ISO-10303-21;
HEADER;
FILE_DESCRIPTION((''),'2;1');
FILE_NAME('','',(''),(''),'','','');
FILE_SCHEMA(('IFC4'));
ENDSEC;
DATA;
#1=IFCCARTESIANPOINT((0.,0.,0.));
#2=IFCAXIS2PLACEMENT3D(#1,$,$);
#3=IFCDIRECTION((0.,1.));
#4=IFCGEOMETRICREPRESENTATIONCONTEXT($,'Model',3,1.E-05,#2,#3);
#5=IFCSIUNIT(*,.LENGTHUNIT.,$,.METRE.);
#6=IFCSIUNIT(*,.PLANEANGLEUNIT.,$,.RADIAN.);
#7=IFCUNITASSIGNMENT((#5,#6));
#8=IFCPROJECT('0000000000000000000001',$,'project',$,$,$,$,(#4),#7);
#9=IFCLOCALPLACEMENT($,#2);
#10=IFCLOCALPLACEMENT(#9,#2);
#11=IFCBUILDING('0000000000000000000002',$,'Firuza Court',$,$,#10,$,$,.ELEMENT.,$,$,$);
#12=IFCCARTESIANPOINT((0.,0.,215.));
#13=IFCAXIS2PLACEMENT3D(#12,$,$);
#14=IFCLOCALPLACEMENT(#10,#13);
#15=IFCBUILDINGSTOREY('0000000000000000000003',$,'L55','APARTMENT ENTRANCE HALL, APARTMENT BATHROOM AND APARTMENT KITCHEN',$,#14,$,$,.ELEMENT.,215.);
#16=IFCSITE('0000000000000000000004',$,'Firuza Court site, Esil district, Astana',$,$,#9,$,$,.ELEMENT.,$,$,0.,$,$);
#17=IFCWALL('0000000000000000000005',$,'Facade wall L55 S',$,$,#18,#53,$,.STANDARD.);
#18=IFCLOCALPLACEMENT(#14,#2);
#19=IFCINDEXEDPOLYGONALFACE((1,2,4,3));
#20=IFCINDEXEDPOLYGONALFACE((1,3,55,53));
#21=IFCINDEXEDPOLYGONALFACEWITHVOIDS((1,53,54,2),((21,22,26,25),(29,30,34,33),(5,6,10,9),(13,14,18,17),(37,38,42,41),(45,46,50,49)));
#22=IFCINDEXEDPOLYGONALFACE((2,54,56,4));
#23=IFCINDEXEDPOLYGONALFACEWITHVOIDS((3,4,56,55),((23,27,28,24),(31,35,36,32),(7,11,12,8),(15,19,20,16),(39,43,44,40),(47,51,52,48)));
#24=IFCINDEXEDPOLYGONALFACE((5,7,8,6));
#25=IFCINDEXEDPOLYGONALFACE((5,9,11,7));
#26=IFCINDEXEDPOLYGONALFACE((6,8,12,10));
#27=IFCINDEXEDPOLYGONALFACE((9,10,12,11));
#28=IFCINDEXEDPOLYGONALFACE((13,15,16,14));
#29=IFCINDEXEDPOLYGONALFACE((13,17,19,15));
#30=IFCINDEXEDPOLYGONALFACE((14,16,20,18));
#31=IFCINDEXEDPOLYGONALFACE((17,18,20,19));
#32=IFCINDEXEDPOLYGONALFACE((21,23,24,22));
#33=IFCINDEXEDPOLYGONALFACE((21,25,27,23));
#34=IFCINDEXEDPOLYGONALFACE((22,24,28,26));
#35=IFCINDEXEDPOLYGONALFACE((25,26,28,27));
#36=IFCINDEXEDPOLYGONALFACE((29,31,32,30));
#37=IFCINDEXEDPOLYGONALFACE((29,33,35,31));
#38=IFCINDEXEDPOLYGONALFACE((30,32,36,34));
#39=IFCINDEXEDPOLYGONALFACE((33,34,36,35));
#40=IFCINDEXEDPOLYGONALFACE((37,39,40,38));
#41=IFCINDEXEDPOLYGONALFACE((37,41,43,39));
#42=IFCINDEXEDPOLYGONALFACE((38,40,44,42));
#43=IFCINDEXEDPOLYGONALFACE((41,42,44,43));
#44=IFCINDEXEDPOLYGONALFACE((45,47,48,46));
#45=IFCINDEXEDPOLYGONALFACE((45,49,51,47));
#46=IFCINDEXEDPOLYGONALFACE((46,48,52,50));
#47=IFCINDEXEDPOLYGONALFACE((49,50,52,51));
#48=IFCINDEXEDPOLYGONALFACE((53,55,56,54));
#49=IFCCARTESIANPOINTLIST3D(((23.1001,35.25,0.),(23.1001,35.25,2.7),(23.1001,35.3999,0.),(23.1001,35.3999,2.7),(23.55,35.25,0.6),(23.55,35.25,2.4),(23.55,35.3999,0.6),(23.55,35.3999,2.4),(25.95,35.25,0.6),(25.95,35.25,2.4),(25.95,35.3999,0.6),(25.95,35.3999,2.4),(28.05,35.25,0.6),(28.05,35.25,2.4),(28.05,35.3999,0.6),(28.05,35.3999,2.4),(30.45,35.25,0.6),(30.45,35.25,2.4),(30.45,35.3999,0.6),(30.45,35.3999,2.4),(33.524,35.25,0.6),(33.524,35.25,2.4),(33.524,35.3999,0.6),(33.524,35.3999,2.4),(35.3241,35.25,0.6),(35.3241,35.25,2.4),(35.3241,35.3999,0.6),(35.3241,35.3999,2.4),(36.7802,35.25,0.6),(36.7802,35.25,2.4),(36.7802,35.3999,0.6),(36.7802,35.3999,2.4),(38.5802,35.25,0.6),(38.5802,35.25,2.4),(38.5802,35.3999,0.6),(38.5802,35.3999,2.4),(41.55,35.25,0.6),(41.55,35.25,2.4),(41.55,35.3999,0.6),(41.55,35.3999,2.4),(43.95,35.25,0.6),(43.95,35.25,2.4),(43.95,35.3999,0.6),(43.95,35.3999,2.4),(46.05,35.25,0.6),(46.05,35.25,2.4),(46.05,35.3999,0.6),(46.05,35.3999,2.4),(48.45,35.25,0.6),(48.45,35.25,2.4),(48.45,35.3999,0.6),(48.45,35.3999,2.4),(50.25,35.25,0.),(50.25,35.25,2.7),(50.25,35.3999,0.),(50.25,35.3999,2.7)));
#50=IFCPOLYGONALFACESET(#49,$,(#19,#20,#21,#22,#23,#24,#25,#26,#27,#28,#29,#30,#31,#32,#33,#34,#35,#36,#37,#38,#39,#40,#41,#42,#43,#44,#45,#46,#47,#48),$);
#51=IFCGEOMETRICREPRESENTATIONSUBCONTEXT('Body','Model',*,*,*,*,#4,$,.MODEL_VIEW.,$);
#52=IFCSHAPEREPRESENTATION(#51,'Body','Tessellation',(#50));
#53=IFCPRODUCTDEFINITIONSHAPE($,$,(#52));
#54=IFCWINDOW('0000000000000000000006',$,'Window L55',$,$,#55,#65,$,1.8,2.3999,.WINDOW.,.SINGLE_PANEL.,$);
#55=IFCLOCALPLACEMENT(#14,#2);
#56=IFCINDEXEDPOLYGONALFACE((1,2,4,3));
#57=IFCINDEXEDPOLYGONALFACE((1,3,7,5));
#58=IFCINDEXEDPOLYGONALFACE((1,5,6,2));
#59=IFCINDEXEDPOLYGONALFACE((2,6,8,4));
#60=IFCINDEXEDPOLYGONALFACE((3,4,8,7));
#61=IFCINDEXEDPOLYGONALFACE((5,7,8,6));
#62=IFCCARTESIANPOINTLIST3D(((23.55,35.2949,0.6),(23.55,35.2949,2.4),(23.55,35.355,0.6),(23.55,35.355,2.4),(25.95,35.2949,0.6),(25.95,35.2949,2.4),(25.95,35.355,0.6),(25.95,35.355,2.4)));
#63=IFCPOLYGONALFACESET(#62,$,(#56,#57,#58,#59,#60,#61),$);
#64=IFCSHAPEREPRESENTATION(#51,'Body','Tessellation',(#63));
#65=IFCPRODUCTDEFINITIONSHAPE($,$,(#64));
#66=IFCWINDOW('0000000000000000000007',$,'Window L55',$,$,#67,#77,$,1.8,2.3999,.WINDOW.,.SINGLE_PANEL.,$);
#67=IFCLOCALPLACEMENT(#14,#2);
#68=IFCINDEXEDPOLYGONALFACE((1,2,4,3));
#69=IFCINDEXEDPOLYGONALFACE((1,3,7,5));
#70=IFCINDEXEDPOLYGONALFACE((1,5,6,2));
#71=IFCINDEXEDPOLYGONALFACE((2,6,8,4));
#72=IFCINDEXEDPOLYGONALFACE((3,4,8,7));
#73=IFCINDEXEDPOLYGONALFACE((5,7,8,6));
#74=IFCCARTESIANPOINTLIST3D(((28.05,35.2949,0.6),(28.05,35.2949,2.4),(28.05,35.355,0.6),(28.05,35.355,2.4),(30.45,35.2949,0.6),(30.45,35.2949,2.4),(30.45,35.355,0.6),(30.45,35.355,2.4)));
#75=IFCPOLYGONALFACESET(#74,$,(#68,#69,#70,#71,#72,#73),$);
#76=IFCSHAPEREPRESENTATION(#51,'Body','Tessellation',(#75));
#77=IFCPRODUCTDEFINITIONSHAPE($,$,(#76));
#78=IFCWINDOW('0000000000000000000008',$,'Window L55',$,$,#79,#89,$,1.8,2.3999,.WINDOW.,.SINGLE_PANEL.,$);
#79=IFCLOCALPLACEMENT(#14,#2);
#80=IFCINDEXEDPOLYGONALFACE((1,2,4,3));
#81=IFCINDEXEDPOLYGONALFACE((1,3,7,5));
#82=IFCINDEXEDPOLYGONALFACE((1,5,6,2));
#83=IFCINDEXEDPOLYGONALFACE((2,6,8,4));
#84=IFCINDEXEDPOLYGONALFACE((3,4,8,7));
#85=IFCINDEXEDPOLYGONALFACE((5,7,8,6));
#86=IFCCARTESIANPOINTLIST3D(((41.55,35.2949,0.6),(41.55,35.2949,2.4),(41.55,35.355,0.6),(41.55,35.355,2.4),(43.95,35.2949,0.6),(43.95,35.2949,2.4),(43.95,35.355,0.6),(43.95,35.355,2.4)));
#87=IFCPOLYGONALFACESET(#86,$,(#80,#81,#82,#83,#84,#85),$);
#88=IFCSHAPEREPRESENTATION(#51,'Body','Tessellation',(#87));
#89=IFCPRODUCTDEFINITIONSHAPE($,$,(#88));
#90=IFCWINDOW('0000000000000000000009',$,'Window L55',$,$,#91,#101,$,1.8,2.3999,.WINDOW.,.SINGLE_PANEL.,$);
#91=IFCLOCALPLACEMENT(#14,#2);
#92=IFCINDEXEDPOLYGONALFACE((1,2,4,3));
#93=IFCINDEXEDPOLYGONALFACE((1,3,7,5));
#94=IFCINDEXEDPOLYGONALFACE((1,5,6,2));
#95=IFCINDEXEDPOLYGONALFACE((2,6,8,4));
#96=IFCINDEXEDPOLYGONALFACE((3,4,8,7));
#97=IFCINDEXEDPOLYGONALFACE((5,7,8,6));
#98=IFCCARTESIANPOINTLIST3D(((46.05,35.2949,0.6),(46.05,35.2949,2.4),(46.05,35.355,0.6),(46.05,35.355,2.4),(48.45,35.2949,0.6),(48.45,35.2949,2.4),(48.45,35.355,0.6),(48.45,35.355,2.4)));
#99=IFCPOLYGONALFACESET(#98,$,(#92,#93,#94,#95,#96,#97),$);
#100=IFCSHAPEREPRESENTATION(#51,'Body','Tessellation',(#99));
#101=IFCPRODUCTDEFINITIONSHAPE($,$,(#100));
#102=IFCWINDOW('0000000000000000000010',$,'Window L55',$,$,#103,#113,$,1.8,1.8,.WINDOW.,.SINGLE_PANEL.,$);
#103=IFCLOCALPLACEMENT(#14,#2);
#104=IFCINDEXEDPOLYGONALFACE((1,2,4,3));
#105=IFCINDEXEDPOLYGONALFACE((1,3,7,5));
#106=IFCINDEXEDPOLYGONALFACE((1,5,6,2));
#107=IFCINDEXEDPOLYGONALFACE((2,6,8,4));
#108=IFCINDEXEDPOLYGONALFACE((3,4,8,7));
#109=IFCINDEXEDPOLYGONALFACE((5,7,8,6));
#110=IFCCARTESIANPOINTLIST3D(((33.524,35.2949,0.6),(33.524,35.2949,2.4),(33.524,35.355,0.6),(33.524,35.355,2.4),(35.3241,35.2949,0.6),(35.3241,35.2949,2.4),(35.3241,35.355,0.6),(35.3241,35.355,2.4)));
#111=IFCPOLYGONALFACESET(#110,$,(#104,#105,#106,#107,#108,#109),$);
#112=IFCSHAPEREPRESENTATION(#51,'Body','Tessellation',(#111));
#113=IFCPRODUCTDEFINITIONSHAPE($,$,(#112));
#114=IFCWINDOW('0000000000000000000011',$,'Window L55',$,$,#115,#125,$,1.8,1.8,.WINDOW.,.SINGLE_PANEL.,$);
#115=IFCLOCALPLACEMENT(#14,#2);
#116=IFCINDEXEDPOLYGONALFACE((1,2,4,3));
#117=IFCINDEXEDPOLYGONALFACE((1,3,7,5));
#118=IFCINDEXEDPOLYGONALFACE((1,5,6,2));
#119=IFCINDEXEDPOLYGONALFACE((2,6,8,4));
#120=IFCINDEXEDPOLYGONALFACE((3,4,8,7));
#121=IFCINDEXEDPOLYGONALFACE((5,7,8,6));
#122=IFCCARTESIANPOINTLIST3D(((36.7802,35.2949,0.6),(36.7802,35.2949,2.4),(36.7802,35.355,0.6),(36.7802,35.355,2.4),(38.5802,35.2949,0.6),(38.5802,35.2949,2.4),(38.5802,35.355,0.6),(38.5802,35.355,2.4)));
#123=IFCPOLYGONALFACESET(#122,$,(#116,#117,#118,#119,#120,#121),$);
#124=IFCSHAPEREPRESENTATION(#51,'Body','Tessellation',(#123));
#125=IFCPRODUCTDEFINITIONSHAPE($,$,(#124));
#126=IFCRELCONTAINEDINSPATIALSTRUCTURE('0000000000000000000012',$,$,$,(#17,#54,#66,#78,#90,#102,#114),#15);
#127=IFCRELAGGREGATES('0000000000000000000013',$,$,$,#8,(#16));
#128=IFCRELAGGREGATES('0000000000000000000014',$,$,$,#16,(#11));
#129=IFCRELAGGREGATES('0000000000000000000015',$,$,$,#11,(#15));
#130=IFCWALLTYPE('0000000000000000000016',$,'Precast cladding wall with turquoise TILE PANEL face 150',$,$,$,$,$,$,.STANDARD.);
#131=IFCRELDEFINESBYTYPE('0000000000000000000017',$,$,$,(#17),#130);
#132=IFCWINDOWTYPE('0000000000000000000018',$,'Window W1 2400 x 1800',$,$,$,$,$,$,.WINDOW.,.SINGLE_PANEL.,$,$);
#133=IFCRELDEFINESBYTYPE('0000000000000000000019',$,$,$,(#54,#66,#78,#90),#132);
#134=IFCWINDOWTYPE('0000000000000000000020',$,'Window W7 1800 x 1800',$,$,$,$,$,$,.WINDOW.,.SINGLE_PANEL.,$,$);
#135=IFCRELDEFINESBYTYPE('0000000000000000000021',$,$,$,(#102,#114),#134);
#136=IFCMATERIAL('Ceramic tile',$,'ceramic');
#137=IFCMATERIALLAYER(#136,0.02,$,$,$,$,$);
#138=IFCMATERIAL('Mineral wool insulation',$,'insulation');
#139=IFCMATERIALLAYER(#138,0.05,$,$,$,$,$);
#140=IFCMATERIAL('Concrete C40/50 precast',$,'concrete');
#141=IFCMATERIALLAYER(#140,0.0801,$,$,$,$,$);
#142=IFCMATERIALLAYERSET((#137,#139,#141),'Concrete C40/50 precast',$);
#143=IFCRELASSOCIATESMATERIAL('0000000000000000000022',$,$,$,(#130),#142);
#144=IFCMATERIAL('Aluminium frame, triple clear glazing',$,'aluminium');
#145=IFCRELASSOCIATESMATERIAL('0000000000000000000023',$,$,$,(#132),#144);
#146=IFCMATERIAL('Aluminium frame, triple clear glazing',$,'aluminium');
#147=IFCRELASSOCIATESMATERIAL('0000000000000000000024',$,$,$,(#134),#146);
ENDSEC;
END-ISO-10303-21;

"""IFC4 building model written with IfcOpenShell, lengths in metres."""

from ifc_helpers import new_model, si_unit, direction, frame, frame_2d, origin, place, context, subcontext, project, spatial, rectangle, extrude, material, layer, layer_set, type_object, element, fill, save


model = new_model("IFC4")

# Units and contexts
model_context = context("Model", 3, precision=1e-05, world=origin(), true_north=direction((0.0, 1.0)))
body_context = subcontext(model_context, "Body", "Model", "MODEL_VIEW")
ifc_project = project(units=[si_unit("LENGTHUNIT", "METRE"), si_unit("PLANEANGLEUNIT", "RADIAN")], contexts=[model_context])

# Site, building, storey
site_placement = place(None, origin())
site = spatial("IfcSite", under=ifc_project, at=site_placement, Name="Firuza Court site, Esil district, Astana", CompositionType="ELEMENT", RefElevation=0.0)
building_placement = place(site_placement, origin())
building = spatial("IfcBuilding", under=site, at=building_placement, Name="Firuza Court", CompositionType="ELEMENT")
storey_placement = place(building_placement, frame((0.0, 0.0, 215.0)))
storey = spatial("IfcBuildingStorey", under=building, at=storey_placement, Name="L55", Description="APARTMENT ENTRANCE HALL, APARTMENT BATHROOM AND APARTMENT KITCHEN", CompositionType="ELEMENT", Elevation=215.0)

# Wall, openings, windows
ifc_material_1 = material(Name="Ceramic tile", Category="ceramic")
ifc_layer_1 = layer(ifc_material_1, 0.02)
ifc_material_2 = material(Name="Mineral wool insulation", Category="insulation")
ifc_layer_2 = layer(ifc_material_2, 0.05)
ifc_material_3 = material(Name="Concrete C40/50 precast", Category="concrete")
ifc_layer_3 = layer(ifc_material_3, 0.0801)
ifc_layer_set_1 = layer_set([ifc_layer_1, ifc_layer_2, ifc_layer_3], Name="Concrete C40/50 precast")
wall_type_1 = type_object("IfcWallType", Name="Precast cladding wall with turquoise TILE PANEL face 150", PredefinedType="STANDARD", material=ifc_layer_set_1)
wall_1_placement = place(storey_placement, frame((23.1001, 35.325, 0.0), z_axis=(0.0, 0.0, 1.0), x_axis=(1.0, 0.0, 0.0)))
wall_1 = element("IfcWall", 1, at=wall_1_placement, inside=storey, type_object=wall_type_1, Name="Facade wall L55 S", PredefinedType="STANDARD", context=body_context, shape_type="SweptSolid", body=[
    extrude(rectangle(XDim=27.1499, YDim=0.1499, at=frame_2d((13.575, 0.0))), origin(), (0.0, 0.0, 1.0), 2.7),
])
opening_1_placement = place(wall_1_placement, frame((0.45, 0.0, 0.6001)))
opening_1 = element("IfcOpeningElement", 2, at=opening_1_placement, cuts=wall_1, PredefinedType="OPENING", context=body_context, shape_type="SweptSolid", body=[
    extrude(rectangle(XDim=2.3999, YDim=1.8, at=frame_2d((1.2, 0.8999))), frame((0.0, 0.0869, 0.0), z_axis=(0.0, -1.0, 0.0), x_axis=(1.0, 0.0, 0.0)), (0.0, 0.0, 1.0), 0.1738),
])
opening_2_placement = place(wall_1_placement, frame((4.95, 0.0, 0.6001)))
opening_2 = element("IfcOpeningElement", 3, at=opening_2_placement, cuts=wall_1, PredefinedType="OPENING", context=body_context, shape_type="SweptSolid", body=[
    extrude(rectangle(XDim=2.3999, YDim=1.8, at=frame_2d((1.2, 0.8999))), frame((0.0, 0.0869, 0.0), z_axis=(0.0, -1.0, 0.0), x_axis=(1.0, 0.0, 0.0)), (0.0, 0.0, 1.0), 0.1738),
])
opening_3_placement = place(wall_1_placement, frame((10.4241, 0.0, 0.6001)))
opening_3 = element("IfcOpeningElement", 4, at=opening_3_placement, cuts=wall_1, PredefinedType="OPENING", context=body_context, shape_type="SweptSolid", body=[
    extrude(rectangle(XDim=1.8, YDim=1.8, at=frame_2d((0.8999, 0.8999))), frame((0.0, 0.0869, 0.0), z_axis=(0.0, -1.0, 0.0), x_axis=(1.0, 0.0, 0.0)), (0.0, 0.0, 1.0), 0.1738),
])
opening_4_placement = place(wall_1_placement, frame((13.6802, 0.0, 0.6001)))
opening_4 = element("IfcOpeningElement", 5, at=opening_4_placement, cuts=wall_1, PredefinedType="OPENING", context=body_context, shape_type="SweptSolid", body=[
    extrude(rectangle(XDim=1.8, YDim=1.8, at=frame_2d((0.8999, 0.8999))), frame((0.0, 0.0869, 0.0), z_axis=(0.0, -1.0, 0.0), x_axis=(1.0, 0.0, 0.0)), (0.0, 0.0, 1.0), 0.1738),
])
opening_5_placement = place(wall_1_placement, frame((18.45, 0.0, 0.6001)))
opening_5 = element("IfcOpeningElement", 6, at=opening_5_placement, cuts=wall_1, PredefinedType="OPENING", context=body_context, shape_type="SweptSolid", body=[
    extrude(rectangle(XDim=2.3999, YDim=1.8, at=frame_2d((1.2, 0.8999))), frame((0.0, 0.0869, 0.0), z_axis=(0.0, -1.0, 0.0), x_axis=(1.0, 0.0, 0.0)), (0.0, 0.0, 1.0), 0.1738),
])
opening_6_placement = place(wall_1_placement, frame((22.95, 0.0, 0.6001)))
opening_6 = element("IfcOpeningElement", 7, at=opening_6_placement, cuts=wall_1, PredefinedType="OPENING", context=body_context, shape_type="SweptSolid", body=[
    extrude(rectangle(XDim=2.3999, YDim=1.8, at=frame_2d((1.2, 0.8999))), frame((0.0, 0.0869, 0.0), z_axis=(0.0, -1.0, 0.0), x_axis=(1.0, 0.0, 0.0)), (0.0, 0.0, 1.0), 0.1738),
])
ifc_material_4 = material(Name="Aluminium frame, triple clear glazing", Category="aluminium")
window_type_1 = type_object("IfcWindowType", Name="Window W1 2400 x 1800", PartitioningType="SINGLE_PANEL", PredefinedType="WINDOW", material=ifc_material_4)
window_1_placement = place(opening_1_placement, origin())
window_1 = element("IfcWindow", 8, at=window_1_placement, inside=storey, type_object=window_type_1, Name="Window L55", OverallHeight=1.8, OverallWidth=2.3999, PartitioningType="SINGLE_PANEL", PredefinedType="WINDOW", context=body_context, shape_type="SweptSolid", body=[
    extrude(rectangle(XDim=2.3999, YDim=1.8, at=frame_2d((1.2, 0.8999))), frame((0.0, 0.03, 0.0), z_axis=(0.0, -1.0, 0.0), x_axis=(1.0, 0.0, 0.0)), (0.0, 0.0, 1.0), 0.0601),
])
fill(opening_1, window_1)
window_2_placement = place(opening_2_placement, origin())
window_2 = element("IfcWindow", 9, at=window_2_placement, inside=storey, type_object=window_type_1, Name="Window L55", OverallHeight=1.8, OverallWidth=2.3999, PartitioningType="SINGLE_PANEL", PredefinedType="WINDOW", context=body_context, shape_type="SweptSolid", body=[
    extrude(rectangle(XDim=2.3999, YDim=1.8, at=frame_2d((1.2, 0.8999))), frame((0.0, 0.03, 0.0), z_axis=(0.0, -1.0, 0.0), x_axis=(1.0, 0.0, 0.0)), (0.0, 0.0, 1.0), 0.0601),
])
fill(opening_2, window_2)
window_3_placement = place(opening_5_placement, origin())
window_3 = element("IfcWindow", 10, at=window_3_placement, inside=storey, type_object=window_type_1, Name="Window L55", OverallHeight=1.8, OverallWidth=2.3999, PartitioningType="SINGLE_PANEL", PredefinedType="WINDOW", context=body_context, shape_type="SweptSolid", body=[
    extrude(rectangle(XDim=2.3999, YDim=1.8, at=frame_2d((1.2, 0.8999))), frame((0.0, 0.03, 0.0), z_axis=(0.0, -1.0, 0.0), x_axis=(1.0, 0.0, 0.0)), (0.0, 0.0, 1.0), 0.0601),
])
fill(opening_5, window_3)
window_4_placement = place(opening_6_placement, origin())
window_4 = element("IfcWindow", 11, at=window_4_placement, inside=storey, type_object=window_type_1, Name="Window L55", OverallHeight=1.8, OverallWidth=2.3999, PartitioningType="SINGLE_PANEL", PredefinedType="WINDOW", context=body_context, shape_type="SweptSolid", body=[
    extrude(rectangle(XDim=2.3999, YDim=1.8, at=frame_2d((1.2, 0.8999))), frame((0.0, 0.03, 0.0), z_axis=(0.0, -1.0, 0.0), x_axis=(1.0, 0.0, 0.0)), (0.0, 0.0, 1.0), 0.0601),
])
fill(opening_6, window_4)
ifc_material_5 = material(Name="Aluminium frame, triple clear glazing", Category="aluminium")
window_type_2 = type_object("IfcWindowType", Name="Window W7 1800 x 1800", PartitioningType="SINGLE_PANEL", PredefinedType="WINDOW", material=ifc_material_5)
window_5_placement = place(opening_3_placement, origin())
window_5 = element("IfcWindow", 12, at=window_5_placement, inside=storey, type_object=window_type_2, Name="Window L55", OverallHeight=1.8, OverallWidth=1.8, PartitioningType="SINGLE_PANEL", PredefinedType="WINDOW", context=body_context, shape_type="SweptSolid", body=[
    extrude(rectangle(XDim=1.8, YDim=1.8, at=frame_2d((0.8999, 0.8999))), frame((0.0, 0.03, 0.0), z_axis=(0.0, -1.0, 0.0), x_axis=(1.0, 0.0, 0.0)), (0.0, 0.0, 1.0), 0.0601),
])
fill(opening_3, window_5)
window_6_placement = place(opening_4_placement, origin())
window_6 = element("IfcWindow", 13, at=window_6_placement, inside=storey, type_object=window_type_2, Name="Window L55", OverallHeight=1.8, OverallWidth=1.8, PartitioningType="SINGLE_PANEL", PredefinedType="WINDOW", context=body_context, shape_type="SweptSolid", body=[
    extrude(rectangle(XDim=1.8, YDim=1.8, at=frame_2d((0.8999, 0.8999))), frame((0.0, 0.03, 0.0), z_axis=(0.0, -1.0, 0.0), x_axis=(1.0, 0.0, 0.0)), (0.0, 0.0, 1.0), 0.0601),
])
fill(opening_4, window_6)

save(model, "model.ifc")
